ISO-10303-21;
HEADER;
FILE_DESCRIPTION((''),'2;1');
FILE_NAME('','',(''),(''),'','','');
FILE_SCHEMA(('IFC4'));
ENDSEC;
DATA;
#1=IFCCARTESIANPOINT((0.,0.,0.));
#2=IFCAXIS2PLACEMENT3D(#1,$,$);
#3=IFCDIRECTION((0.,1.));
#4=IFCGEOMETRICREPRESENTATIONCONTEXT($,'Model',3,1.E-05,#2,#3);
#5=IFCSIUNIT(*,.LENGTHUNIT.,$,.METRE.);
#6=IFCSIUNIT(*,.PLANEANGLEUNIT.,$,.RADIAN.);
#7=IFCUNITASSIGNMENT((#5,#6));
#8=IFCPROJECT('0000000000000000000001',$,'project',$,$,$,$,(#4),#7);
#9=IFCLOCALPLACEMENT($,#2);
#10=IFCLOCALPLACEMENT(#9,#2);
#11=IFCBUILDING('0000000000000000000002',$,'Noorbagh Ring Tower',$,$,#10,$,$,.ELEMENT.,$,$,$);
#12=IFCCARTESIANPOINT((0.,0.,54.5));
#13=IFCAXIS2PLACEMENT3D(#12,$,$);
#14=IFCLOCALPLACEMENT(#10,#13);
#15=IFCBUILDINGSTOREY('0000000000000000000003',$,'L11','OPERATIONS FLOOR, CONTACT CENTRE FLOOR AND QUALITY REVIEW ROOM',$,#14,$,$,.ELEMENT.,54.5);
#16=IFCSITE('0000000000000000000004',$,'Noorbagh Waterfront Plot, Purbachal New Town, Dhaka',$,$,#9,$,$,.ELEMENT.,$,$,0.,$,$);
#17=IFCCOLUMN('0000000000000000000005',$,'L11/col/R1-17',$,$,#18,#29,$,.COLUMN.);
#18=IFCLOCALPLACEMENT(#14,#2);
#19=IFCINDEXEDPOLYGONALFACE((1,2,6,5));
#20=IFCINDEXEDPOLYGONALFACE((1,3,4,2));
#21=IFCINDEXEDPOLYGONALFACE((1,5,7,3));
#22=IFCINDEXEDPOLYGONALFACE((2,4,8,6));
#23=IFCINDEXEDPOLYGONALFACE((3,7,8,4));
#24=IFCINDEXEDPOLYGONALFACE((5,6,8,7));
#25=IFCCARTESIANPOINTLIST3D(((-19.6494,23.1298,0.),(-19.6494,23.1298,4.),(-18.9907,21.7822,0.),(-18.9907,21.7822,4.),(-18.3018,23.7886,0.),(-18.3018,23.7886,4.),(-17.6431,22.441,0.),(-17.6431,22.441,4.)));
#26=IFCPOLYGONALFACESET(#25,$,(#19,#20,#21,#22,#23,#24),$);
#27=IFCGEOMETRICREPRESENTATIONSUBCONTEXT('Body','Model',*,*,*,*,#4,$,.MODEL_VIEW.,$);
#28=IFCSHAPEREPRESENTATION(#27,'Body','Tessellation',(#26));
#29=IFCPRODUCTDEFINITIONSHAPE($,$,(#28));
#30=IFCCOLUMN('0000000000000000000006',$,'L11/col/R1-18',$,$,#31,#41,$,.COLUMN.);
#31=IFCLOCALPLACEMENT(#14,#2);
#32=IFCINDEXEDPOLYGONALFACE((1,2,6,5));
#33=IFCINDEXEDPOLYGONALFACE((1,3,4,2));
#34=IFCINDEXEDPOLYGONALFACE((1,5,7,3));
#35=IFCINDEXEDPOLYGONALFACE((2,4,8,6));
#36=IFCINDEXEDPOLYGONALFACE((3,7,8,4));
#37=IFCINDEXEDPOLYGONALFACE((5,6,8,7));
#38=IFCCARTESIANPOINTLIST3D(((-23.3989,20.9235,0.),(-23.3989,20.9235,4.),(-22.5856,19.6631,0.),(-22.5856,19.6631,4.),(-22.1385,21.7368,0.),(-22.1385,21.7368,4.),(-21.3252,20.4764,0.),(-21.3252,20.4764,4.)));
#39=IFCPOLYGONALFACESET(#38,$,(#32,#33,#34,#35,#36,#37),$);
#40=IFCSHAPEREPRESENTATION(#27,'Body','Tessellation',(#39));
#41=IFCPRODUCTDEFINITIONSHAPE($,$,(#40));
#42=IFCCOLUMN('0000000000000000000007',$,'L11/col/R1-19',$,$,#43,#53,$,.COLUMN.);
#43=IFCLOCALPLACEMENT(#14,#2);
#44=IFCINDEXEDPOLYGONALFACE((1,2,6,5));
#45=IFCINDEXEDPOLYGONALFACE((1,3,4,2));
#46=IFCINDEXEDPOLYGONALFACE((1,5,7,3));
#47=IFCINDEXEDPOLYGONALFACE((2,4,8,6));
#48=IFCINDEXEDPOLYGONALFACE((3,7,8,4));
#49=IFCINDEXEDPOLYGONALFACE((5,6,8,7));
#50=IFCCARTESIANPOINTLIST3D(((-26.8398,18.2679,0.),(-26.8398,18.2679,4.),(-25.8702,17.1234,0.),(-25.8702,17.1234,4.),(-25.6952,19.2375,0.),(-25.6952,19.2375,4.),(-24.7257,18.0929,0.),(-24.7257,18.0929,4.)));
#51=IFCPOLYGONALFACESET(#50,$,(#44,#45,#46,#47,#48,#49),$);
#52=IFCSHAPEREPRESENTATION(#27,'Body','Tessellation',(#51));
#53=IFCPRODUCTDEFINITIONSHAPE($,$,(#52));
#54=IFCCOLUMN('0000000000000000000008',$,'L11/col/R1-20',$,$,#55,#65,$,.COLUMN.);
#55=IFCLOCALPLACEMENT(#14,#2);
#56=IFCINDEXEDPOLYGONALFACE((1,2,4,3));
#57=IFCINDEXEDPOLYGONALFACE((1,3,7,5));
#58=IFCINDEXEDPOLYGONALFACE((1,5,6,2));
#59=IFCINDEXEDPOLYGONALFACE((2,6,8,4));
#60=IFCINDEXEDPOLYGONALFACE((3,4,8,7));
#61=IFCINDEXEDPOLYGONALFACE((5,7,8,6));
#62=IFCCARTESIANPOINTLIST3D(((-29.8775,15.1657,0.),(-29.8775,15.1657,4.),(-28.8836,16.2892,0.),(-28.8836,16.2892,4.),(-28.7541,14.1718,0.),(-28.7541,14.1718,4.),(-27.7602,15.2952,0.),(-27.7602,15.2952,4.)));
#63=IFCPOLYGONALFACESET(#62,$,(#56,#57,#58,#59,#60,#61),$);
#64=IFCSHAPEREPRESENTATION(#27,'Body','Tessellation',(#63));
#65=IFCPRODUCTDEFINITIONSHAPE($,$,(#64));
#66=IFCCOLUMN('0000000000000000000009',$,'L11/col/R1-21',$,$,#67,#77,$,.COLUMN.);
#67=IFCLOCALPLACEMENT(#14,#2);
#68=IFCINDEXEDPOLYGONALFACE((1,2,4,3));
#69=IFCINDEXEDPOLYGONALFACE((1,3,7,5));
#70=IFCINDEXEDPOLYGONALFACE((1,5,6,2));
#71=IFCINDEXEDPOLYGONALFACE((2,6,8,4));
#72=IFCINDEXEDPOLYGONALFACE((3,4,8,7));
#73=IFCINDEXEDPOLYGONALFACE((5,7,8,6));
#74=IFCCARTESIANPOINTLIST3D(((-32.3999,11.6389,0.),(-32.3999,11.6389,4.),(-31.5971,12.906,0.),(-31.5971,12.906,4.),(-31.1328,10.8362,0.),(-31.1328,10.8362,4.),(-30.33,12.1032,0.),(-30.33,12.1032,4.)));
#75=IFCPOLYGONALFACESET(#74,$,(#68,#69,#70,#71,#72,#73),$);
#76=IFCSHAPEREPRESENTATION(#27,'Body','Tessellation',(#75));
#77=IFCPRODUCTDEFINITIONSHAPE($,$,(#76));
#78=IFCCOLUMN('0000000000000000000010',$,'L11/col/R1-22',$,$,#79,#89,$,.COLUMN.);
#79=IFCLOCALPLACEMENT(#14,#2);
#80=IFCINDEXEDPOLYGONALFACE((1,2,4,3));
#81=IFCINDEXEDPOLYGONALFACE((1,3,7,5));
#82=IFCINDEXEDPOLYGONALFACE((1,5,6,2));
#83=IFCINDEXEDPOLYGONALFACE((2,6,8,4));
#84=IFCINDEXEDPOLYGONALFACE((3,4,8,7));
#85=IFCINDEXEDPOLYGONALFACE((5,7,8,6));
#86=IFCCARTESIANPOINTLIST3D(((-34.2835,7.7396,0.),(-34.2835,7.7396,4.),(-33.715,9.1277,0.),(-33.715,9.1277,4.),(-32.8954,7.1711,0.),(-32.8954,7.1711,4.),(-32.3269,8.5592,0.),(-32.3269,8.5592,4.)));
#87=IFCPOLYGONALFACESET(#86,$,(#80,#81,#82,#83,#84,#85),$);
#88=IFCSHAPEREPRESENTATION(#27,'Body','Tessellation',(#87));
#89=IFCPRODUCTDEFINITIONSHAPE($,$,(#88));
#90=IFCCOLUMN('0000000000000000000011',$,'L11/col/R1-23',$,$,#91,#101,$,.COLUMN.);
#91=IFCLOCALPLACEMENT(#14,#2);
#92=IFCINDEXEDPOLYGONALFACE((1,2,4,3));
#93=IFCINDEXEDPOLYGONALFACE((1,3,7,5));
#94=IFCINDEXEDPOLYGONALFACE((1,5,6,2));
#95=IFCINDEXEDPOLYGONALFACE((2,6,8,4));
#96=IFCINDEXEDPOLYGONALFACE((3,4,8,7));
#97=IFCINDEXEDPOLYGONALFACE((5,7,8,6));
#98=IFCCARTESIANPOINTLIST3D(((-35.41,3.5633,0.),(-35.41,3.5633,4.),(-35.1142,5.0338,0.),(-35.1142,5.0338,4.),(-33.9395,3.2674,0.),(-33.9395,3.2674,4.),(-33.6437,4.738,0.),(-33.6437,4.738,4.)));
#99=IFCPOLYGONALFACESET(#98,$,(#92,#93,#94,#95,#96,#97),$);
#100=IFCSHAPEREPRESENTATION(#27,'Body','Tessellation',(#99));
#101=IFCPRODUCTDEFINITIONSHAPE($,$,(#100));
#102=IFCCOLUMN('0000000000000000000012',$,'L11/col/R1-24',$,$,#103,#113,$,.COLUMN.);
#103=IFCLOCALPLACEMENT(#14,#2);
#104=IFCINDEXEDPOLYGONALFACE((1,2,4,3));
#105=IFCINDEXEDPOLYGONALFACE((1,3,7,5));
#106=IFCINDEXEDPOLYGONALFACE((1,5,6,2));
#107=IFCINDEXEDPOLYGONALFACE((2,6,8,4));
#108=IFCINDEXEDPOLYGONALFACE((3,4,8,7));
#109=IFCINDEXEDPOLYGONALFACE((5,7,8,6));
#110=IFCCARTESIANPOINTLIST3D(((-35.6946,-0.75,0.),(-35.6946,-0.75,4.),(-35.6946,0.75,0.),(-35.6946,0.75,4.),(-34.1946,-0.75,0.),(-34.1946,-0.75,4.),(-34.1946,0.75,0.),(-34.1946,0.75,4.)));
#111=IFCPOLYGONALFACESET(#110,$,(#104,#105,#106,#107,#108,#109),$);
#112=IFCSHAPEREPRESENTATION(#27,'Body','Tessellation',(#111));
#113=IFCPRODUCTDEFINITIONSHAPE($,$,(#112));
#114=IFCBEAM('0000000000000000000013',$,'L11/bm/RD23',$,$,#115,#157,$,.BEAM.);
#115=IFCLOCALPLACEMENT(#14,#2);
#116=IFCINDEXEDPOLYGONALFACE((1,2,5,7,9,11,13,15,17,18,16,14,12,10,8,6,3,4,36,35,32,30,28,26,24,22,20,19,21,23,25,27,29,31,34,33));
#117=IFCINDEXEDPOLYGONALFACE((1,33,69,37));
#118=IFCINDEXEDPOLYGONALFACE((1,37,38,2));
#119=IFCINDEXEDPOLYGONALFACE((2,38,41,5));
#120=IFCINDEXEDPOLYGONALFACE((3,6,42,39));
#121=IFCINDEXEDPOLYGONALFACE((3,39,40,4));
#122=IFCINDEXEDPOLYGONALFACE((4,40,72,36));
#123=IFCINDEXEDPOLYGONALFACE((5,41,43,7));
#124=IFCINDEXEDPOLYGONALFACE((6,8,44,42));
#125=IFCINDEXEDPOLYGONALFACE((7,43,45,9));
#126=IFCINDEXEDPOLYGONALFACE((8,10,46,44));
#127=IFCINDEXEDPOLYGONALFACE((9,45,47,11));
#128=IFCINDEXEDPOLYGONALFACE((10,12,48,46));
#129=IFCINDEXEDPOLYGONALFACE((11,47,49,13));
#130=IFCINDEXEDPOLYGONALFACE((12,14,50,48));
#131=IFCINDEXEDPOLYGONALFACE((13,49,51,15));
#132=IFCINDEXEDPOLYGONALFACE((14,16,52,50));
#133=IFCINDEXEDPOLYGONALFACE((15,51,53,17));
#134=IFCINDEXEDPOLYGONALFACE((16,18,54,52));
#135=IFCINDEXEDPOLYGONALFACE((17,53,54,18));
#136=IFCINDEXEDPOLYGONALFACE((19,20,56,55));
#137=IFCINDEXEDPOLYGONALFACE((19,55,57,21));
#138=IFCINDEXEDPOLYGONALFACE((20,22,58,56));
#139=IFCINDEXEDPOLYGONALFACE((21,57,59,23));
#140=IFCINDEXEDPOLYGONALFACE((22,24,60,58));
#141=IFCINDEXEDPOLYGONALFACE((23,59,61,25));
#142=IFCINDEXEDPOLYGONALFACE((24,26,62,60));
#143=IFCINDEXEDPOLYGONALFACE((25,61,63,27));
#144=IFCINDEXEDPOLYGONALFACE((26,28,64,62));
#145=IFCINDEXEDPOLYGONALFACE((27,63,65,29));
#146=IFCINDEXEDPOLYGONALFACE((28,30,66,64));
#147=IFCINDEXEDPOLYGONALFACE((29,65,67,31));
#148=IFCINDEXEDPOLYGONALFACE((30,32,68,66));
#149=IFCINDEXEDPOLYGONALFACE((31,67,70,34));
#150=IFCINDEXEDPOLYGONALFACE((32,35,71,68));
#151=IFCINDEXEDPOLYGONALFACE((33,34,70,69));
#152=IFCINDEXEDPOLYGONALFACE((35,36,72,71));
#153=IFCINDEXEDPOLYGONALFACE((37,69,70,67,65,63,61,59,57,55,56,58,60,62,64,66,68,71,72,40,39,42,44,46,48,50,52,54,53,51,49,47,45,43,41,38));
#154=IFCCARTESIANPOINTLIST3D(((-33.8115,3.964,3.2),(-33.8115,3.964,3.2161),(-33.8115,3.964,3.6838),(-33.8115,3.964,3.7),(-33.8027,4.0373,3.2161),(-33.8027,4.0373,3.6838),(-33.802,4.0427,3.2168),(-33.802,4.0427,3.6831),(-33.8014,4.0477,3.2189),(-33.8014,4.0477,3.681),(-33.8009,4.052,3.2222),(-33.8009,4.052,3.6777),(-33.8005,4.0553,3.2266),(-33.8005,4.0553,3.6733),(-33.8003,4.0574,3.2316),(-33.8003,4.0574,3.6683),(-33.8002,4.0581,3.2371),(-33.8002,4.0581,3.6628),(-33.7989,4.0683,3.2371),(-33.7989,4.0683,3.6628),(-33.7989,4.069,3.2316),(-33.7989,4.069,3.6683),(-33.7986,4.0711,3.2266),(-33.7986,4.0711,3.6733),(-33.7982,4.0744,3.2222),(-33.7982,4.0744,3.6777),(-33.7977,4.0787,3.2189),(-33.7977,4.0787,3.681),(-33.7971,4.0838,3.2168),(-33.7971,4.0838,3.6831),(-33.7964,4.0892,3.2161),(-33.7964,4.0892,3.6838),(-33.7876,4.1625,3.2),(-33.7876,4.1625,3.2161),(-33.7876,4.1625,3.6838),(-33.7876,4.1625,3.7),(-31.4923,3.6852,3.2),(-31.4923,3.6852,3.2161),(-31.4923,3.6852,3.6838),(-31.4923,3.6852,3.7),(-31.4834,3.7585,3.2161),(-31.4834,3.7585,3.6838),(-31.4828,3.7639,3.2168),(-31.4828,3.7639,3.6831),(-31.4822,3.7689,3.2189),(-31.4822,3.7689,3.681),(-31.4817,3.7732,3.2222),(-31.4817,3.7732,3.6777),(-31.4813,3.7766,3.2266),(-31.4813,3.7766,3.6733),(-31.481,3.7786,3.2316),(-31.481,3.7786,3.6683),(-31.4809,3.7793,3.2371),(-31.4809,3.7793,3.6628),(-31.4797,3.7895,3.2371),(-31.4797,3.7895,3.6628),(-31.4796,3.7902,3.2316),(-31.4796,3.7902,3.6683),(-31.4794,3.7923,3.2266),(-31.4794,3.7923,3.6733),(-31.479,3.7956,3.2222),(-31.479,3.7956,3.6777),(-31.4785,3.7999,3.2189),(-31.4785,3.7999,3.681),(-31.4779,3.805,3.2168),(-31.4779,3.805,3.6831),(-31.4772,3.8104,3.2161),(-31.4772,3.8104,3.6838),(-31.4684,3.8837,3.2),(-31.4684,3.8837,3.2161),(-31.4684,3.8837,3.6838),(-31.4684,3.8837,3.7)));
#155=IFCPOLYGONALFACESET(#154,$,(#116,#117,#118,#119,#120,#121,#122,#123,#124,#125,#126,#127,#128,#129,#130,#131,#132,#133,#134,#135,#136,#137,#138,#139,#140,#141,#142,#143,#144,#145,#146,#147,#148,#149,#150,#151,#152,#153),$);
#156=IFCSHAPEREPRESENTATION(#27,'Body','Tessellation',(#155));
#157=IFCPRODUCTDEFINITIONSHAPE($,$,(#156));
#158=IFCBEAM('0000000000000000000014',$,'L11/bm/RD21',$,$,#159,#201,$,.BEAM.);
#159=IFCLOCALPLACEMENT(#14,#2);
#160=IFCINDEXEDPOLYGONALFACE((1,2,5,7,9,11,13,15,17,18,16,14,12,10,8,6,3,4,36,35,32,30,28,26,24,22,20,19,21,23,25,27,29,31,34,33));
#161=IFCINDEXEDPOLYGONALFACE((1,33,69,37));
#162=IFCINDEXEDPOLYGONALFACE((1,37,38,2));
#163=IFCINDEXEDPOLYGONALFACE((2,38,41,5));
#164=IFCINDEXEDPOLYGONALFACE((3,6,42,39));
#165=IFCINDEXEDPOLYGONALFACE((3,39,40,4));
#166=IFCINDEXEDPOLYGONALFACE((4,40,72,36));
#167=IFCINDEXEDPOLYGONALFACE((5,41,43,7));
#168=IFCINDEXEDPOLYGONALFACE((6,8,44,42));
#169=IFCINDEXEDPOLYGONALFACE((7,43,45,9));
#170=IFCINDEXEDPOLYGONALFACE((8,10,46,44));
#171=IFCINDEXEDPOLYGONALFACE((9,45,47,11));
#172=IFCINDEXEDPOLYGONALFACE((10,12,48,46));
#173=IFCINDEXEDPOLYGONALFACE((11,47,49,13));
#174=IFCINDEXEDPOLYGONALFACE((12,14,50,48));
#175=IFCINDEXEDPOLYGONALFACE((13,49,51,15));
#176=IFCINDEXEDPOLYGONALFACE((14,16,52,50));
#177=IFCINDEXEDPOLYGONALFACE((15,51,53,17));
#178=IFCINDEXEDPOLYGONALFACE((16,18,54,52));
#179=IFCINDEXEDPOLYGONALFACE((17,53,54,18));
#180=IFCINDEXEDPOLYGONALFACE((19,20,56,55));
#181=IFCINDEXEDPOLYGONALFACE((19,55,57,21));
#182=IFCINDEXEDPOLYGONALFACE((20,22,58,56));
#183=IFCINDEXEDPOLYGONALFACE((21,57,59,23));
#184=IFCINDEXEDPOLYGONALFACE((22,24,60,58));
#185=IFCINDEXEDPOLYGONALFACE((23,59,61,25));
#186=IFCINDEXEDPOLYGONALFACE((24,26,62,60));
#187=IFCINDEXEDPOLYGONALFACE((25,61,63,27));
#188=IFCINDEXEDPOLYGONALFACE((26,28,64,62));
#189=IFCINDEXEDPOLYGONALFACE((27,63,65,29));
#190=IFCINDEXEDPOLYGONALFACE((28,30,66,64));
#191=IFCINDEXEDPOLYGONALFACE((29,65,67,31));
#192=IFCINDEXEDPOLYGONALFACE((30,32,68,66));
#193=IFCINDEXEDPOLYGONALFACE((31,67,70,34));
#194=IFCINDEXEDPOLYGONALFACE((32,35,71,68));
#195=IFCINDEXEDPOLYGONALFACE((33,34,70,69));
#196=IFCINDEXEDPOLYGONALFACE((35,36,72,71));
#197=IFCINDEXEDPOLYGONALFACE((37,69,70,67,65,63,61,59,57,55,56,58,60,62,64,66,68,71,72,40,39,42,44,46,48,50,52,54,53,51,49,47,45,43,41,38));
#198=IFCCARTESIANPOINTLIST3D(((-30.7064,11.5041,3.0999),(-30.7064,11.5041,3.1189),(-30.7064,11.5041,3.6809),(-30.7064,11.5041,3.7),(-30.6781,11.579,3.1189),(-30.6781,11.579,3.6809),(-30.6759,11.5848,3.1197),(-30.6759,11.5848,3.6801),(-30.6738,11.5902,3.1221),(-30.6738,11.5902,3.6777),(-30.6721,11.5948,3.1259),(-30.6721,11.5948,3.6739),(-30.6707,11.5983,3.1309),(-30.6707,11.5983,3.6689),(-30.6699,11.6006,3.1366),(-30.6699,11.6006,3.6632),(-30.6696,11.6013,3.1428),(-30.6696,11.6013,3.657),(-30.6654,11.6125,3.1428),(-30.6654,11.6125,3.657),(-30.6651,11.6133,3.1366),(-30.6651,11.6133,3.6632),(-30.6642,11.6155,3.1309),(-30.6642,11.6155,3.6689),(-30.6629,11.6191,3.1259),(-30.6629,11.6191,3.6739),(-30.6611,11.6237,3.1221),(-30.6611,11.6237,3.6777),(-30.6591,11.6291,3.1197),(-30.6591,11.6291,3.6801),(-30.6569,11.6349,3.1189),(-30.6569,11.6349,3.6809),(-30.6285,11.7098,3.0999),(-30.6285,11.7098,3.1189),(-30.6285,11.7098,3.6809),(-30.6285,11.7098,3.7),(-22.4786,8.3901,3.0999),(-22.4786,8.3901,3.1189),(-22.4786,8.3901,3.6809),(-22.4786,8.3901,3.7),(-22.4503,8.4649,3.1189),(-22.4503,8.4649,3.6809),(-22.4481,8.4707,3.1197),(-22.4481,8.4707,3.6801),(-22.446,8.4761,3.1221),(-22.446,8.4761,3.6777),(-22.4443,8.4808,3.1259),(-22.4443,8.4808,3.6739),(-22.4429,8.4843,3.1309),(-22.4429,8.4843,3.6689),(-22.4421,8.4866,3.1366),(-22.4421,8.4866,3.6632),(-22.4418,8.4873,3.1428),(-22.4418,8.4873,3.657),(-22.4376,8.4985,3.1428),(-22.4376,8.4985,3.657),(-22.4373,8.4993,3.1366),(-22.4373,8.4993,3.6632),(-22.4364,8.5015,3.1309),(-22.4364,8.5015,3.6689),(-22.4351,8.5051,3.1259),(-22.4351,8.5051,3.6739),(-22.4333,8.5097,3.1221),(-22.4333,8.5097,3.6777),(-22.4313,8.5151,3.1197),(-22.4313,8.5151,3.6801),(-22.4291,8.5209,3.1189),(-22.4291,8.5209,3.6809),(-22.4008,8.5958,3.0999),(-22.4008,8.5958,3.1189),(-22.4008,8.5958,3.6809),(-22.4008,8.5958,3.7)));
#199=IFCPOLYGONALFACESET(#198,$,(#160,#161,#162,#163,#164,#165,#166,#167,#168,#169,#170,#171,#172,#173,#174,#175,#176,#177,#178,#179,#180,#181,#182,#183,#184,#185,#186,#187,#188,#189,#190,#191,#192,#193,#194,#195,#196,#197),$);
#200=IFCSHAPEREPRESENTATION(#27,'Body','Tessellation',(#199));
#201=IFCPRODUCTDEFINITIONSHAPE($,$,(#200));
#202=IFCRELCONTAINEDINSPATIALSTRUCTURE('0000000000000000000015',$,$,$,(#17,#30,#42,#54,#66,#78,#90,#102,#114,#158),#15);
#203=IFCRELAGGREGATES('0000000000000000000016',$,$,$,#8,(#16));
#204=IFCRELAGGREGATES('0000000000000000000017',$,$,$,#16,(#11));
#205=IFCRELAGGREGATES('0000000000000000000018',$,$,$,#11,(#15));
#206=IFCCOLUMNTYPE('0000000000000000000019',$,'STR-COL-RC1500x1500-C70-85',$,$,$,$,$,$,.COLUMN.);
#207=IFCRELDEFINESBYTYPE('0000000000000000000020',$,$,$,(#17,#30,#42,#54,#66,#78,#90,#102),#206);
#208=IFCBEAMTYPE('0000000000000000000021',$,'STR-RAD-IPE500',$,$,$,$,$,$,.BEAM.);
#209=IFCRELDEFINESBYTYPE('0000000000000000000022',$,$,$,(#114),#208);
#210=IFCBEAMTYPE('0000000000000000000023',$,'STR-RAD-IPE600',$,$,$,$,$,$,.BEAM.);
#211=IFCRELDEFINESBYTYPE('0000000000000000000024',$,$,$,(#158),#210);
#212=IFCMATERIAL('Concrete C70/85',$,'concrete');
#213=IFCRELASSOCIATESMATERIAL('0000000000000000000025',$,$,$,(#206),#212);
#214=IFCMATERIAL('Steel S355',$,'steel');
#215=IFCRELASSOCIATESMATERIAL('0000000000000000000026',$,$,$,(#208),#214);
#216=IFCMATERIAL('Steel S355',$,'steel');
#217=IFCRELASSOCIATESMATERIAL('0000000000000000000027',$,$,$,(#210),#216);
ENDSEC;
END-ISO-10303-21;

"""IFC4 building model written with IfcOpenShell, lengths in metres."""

from ifc_helpers import new_model, si_unit, direction, frame, origin, origin_2d, place, context, subcontext, project, spatial, rectangle, i_section, extrude, material, material_profile, profile_set, type_object, element, save


model = new_model("IFC4")

# Units and contexts
model_context = context("Model", 3, precision=1e-05, world=origin(), true_north=direction((0.0, 1.0)))
body_context = subcontext(model_context, "Body", "Model", "MODEL_VIEW")
ifc_project = project(units=[si_unit("LENGTHUNIT", "METRE"), si_unit("PLANEANGLEUNIT", "RADIAN")], contexts=[model_context])

# Site, building, storey
site_placement = place(None, origin())
site = spatial("IfcSite", under=ifc_project, at=site_placement, Name="Noorbagh Waterfront Plot, Purbachal New Town, Dhaka", CompositionType="ELEMENT", RefElevation=0.0)
building_placement = place(site_placement, origin())
building = spatial("IfcBuilding", under=site, at=building_placement, Name="Noorbagh Ring Tower", CompositionType="ELEMENT")
storey_placement = place(building_placement, frame((0.0, 0.0, 54.5)))
storey = spatial("IfcBuildingStorey", under=building, at=storey_placement, Name="L11", Description="OPERATIONS FLOOR, CONTACT CENTRE FLOOR AND QUALITY REVIEW ROOM", CompositionType="ELEMENT", Elevation=54.5)

# Columns
ifc_material_1 = material(Name="Concrete C70/85", Category="concrete")
ifc_material_profile_1 = material_profile(ifc_material_1, rectangle(XDim=1.5, YDim=1.5, at=origin_2d()), Name="RC1500x1500")
ifc_profile_set_1 = profile_set([ifc_material_profile_1], Name="Concrete C70/85")
column_type = type_object("IfcColumnType", Name="STR-COL-RC1500x1500-C70-85", PredefinedType="COLUMN", material=ifc_profile_set_1)
for number, where, z_axis, x_axis, name in (
    (1, (-18.6462, 22.7854, 0.0), (0.0, 0.0, 1.0), (-0.898399, -0.43918, 0.0), "L11/col/R1-17"),
    (2, (-22.3621, 20.7, 0.0), (0.0, 0.0, 1.0), (-0.840248, -0.542203, 0.0), "L11/col/R1-18"),
    (3, (-25.7827, 18.1804, 0.0), (0.0, 0.0, 1.0), (-0.763035, -0.646357, 0.0), "L11/col/R1-19"),
    (4, (-28.8188, 15.2305, 0.0), (0.0, 0.0, 1.0), (-0.662636, -0.748942, 0.0), "L11/col/R1-20"),
    (5, (-31.365, 11.8711, 0.0), (0.0, 0.0, 1.0), (-0.53519, -0.844731, 0.0), "L11/col/R1-21"),
    (6, (-33.3052, 8.1494, 0.0), (0.0, 0.0, 1.0), (-0.378989, -0.925401, 0.0), "L11/col/R1-22"),
    (7, (-34.5269, 4.1506, 0.0), (0.0, 0.0, 1.0), (-0.19723, -0.980357, 0.0), "L11/col/R1-23"),
    (8, (-34.9446, 0.0, 0.0), (0.0, 0.0, 1.0), (0.0, -1.0, 0.0), "L11/col/R1-24"),
):
    element("IfcColumn", number, at=place(storey_placement, frame(where, z_axis=z_axis, x_axis=x_axis)), inside=storey, type_object=column_type, Name=name, PredefinedType="COLUMN", context=body_context, shape_type="SweptSolid", body=[
        extrude(rectangle(XDim=1.5, YDim=1.5, at=origin_2d()), origin(), (0.0, 0.0, 1.0), 4.0),
    ])

# Beams
ifc_material_2 = material(Name="Steel S355", Category="steel")
ifc_material_profile_2 = material_profile(ifc_material_2, i_section(OverallWidth=0.2, OverallDepth=0.5, WebThickness=0.0103, FlangeThickness=0.0161, FilletRadius=0.021, at=origin_2d()), Name="IPE500")
ifc_profile_set_2 = profile_set([ifc_material_profile_2], Name="Steel S355")
beam_type_1 = type_object("IfcBeamType", Name="STR-RAD-IPE500", PredefinedType="BEAM", material=ifc_profile_set_2)
beam_1_placement = place(storey_placement, frame((-33.7996, 4.0632, 3.45), z_axis=(0.992852, -0.119351, 0.0), x_axis=(0.119351, 0.992852, 0.0)))
element("IfcBeam", 9, at=beam_1_placement, inside=storey, type_object=beam_type_1, Name="L11/bm/RD23", PredefinedType="BEAM", context=body_context, shape_type="SweptSolid", body=[
    extrude(i_section(OverallWidth=0.2, OverallDepth=0.5, WebThickness=0.0103, FlangeThickness=0.0161, FilletRadius=0.021, at=origin_2d()), origin(), (0.0, 0.0, 1.0), 2.3359),
])
ifc_material_3 = material(Name="Steel S355", Category="steel")
ifc_material_profile_3 = material_profile(ifc_material_3, i_section(OverallWidth=0.22, OverallDepth=0.6001, WebThickness=0.012, FlangeThickness=0.019, FilletRadius=0.0239, at=origin_2d()), Name="IPE600")
ifc_profile_set_3 = profile_set([ifc_material_profile_3], Name="Steel S355")
beam_type_2 = type_object("IfcBeamType", Name="STR-RAD-IPE600", PredefinedType="BEAM", material=ifc_profile_set_3)
beam_2_placement = place(storey_placement, frame((-30.6675, 11.6069, 3.3999), z_axis=(0.935256, -0.353971, 0.0), x_axis=(0.353971, 0.935256, 0.0)))
element("IfcBeam", 10, at=beam_2_placement, inside=storey, type_object=beam_type_2, Name="L11/bm/RD21", PredefinedType="BEAM", context=body_context, shape_type="SweptSolid", body=[
    extrude(i_section(OverallWidth=0.22, OverallDepth=0.6001, WebThickness=0.012, FlangeThickness=0.019, FilletRadius=0.0239, at=origin_2d()), origin(), (0.0, 0.0, 1.0), 8.7974),
])

save(model, "model.ifc")
